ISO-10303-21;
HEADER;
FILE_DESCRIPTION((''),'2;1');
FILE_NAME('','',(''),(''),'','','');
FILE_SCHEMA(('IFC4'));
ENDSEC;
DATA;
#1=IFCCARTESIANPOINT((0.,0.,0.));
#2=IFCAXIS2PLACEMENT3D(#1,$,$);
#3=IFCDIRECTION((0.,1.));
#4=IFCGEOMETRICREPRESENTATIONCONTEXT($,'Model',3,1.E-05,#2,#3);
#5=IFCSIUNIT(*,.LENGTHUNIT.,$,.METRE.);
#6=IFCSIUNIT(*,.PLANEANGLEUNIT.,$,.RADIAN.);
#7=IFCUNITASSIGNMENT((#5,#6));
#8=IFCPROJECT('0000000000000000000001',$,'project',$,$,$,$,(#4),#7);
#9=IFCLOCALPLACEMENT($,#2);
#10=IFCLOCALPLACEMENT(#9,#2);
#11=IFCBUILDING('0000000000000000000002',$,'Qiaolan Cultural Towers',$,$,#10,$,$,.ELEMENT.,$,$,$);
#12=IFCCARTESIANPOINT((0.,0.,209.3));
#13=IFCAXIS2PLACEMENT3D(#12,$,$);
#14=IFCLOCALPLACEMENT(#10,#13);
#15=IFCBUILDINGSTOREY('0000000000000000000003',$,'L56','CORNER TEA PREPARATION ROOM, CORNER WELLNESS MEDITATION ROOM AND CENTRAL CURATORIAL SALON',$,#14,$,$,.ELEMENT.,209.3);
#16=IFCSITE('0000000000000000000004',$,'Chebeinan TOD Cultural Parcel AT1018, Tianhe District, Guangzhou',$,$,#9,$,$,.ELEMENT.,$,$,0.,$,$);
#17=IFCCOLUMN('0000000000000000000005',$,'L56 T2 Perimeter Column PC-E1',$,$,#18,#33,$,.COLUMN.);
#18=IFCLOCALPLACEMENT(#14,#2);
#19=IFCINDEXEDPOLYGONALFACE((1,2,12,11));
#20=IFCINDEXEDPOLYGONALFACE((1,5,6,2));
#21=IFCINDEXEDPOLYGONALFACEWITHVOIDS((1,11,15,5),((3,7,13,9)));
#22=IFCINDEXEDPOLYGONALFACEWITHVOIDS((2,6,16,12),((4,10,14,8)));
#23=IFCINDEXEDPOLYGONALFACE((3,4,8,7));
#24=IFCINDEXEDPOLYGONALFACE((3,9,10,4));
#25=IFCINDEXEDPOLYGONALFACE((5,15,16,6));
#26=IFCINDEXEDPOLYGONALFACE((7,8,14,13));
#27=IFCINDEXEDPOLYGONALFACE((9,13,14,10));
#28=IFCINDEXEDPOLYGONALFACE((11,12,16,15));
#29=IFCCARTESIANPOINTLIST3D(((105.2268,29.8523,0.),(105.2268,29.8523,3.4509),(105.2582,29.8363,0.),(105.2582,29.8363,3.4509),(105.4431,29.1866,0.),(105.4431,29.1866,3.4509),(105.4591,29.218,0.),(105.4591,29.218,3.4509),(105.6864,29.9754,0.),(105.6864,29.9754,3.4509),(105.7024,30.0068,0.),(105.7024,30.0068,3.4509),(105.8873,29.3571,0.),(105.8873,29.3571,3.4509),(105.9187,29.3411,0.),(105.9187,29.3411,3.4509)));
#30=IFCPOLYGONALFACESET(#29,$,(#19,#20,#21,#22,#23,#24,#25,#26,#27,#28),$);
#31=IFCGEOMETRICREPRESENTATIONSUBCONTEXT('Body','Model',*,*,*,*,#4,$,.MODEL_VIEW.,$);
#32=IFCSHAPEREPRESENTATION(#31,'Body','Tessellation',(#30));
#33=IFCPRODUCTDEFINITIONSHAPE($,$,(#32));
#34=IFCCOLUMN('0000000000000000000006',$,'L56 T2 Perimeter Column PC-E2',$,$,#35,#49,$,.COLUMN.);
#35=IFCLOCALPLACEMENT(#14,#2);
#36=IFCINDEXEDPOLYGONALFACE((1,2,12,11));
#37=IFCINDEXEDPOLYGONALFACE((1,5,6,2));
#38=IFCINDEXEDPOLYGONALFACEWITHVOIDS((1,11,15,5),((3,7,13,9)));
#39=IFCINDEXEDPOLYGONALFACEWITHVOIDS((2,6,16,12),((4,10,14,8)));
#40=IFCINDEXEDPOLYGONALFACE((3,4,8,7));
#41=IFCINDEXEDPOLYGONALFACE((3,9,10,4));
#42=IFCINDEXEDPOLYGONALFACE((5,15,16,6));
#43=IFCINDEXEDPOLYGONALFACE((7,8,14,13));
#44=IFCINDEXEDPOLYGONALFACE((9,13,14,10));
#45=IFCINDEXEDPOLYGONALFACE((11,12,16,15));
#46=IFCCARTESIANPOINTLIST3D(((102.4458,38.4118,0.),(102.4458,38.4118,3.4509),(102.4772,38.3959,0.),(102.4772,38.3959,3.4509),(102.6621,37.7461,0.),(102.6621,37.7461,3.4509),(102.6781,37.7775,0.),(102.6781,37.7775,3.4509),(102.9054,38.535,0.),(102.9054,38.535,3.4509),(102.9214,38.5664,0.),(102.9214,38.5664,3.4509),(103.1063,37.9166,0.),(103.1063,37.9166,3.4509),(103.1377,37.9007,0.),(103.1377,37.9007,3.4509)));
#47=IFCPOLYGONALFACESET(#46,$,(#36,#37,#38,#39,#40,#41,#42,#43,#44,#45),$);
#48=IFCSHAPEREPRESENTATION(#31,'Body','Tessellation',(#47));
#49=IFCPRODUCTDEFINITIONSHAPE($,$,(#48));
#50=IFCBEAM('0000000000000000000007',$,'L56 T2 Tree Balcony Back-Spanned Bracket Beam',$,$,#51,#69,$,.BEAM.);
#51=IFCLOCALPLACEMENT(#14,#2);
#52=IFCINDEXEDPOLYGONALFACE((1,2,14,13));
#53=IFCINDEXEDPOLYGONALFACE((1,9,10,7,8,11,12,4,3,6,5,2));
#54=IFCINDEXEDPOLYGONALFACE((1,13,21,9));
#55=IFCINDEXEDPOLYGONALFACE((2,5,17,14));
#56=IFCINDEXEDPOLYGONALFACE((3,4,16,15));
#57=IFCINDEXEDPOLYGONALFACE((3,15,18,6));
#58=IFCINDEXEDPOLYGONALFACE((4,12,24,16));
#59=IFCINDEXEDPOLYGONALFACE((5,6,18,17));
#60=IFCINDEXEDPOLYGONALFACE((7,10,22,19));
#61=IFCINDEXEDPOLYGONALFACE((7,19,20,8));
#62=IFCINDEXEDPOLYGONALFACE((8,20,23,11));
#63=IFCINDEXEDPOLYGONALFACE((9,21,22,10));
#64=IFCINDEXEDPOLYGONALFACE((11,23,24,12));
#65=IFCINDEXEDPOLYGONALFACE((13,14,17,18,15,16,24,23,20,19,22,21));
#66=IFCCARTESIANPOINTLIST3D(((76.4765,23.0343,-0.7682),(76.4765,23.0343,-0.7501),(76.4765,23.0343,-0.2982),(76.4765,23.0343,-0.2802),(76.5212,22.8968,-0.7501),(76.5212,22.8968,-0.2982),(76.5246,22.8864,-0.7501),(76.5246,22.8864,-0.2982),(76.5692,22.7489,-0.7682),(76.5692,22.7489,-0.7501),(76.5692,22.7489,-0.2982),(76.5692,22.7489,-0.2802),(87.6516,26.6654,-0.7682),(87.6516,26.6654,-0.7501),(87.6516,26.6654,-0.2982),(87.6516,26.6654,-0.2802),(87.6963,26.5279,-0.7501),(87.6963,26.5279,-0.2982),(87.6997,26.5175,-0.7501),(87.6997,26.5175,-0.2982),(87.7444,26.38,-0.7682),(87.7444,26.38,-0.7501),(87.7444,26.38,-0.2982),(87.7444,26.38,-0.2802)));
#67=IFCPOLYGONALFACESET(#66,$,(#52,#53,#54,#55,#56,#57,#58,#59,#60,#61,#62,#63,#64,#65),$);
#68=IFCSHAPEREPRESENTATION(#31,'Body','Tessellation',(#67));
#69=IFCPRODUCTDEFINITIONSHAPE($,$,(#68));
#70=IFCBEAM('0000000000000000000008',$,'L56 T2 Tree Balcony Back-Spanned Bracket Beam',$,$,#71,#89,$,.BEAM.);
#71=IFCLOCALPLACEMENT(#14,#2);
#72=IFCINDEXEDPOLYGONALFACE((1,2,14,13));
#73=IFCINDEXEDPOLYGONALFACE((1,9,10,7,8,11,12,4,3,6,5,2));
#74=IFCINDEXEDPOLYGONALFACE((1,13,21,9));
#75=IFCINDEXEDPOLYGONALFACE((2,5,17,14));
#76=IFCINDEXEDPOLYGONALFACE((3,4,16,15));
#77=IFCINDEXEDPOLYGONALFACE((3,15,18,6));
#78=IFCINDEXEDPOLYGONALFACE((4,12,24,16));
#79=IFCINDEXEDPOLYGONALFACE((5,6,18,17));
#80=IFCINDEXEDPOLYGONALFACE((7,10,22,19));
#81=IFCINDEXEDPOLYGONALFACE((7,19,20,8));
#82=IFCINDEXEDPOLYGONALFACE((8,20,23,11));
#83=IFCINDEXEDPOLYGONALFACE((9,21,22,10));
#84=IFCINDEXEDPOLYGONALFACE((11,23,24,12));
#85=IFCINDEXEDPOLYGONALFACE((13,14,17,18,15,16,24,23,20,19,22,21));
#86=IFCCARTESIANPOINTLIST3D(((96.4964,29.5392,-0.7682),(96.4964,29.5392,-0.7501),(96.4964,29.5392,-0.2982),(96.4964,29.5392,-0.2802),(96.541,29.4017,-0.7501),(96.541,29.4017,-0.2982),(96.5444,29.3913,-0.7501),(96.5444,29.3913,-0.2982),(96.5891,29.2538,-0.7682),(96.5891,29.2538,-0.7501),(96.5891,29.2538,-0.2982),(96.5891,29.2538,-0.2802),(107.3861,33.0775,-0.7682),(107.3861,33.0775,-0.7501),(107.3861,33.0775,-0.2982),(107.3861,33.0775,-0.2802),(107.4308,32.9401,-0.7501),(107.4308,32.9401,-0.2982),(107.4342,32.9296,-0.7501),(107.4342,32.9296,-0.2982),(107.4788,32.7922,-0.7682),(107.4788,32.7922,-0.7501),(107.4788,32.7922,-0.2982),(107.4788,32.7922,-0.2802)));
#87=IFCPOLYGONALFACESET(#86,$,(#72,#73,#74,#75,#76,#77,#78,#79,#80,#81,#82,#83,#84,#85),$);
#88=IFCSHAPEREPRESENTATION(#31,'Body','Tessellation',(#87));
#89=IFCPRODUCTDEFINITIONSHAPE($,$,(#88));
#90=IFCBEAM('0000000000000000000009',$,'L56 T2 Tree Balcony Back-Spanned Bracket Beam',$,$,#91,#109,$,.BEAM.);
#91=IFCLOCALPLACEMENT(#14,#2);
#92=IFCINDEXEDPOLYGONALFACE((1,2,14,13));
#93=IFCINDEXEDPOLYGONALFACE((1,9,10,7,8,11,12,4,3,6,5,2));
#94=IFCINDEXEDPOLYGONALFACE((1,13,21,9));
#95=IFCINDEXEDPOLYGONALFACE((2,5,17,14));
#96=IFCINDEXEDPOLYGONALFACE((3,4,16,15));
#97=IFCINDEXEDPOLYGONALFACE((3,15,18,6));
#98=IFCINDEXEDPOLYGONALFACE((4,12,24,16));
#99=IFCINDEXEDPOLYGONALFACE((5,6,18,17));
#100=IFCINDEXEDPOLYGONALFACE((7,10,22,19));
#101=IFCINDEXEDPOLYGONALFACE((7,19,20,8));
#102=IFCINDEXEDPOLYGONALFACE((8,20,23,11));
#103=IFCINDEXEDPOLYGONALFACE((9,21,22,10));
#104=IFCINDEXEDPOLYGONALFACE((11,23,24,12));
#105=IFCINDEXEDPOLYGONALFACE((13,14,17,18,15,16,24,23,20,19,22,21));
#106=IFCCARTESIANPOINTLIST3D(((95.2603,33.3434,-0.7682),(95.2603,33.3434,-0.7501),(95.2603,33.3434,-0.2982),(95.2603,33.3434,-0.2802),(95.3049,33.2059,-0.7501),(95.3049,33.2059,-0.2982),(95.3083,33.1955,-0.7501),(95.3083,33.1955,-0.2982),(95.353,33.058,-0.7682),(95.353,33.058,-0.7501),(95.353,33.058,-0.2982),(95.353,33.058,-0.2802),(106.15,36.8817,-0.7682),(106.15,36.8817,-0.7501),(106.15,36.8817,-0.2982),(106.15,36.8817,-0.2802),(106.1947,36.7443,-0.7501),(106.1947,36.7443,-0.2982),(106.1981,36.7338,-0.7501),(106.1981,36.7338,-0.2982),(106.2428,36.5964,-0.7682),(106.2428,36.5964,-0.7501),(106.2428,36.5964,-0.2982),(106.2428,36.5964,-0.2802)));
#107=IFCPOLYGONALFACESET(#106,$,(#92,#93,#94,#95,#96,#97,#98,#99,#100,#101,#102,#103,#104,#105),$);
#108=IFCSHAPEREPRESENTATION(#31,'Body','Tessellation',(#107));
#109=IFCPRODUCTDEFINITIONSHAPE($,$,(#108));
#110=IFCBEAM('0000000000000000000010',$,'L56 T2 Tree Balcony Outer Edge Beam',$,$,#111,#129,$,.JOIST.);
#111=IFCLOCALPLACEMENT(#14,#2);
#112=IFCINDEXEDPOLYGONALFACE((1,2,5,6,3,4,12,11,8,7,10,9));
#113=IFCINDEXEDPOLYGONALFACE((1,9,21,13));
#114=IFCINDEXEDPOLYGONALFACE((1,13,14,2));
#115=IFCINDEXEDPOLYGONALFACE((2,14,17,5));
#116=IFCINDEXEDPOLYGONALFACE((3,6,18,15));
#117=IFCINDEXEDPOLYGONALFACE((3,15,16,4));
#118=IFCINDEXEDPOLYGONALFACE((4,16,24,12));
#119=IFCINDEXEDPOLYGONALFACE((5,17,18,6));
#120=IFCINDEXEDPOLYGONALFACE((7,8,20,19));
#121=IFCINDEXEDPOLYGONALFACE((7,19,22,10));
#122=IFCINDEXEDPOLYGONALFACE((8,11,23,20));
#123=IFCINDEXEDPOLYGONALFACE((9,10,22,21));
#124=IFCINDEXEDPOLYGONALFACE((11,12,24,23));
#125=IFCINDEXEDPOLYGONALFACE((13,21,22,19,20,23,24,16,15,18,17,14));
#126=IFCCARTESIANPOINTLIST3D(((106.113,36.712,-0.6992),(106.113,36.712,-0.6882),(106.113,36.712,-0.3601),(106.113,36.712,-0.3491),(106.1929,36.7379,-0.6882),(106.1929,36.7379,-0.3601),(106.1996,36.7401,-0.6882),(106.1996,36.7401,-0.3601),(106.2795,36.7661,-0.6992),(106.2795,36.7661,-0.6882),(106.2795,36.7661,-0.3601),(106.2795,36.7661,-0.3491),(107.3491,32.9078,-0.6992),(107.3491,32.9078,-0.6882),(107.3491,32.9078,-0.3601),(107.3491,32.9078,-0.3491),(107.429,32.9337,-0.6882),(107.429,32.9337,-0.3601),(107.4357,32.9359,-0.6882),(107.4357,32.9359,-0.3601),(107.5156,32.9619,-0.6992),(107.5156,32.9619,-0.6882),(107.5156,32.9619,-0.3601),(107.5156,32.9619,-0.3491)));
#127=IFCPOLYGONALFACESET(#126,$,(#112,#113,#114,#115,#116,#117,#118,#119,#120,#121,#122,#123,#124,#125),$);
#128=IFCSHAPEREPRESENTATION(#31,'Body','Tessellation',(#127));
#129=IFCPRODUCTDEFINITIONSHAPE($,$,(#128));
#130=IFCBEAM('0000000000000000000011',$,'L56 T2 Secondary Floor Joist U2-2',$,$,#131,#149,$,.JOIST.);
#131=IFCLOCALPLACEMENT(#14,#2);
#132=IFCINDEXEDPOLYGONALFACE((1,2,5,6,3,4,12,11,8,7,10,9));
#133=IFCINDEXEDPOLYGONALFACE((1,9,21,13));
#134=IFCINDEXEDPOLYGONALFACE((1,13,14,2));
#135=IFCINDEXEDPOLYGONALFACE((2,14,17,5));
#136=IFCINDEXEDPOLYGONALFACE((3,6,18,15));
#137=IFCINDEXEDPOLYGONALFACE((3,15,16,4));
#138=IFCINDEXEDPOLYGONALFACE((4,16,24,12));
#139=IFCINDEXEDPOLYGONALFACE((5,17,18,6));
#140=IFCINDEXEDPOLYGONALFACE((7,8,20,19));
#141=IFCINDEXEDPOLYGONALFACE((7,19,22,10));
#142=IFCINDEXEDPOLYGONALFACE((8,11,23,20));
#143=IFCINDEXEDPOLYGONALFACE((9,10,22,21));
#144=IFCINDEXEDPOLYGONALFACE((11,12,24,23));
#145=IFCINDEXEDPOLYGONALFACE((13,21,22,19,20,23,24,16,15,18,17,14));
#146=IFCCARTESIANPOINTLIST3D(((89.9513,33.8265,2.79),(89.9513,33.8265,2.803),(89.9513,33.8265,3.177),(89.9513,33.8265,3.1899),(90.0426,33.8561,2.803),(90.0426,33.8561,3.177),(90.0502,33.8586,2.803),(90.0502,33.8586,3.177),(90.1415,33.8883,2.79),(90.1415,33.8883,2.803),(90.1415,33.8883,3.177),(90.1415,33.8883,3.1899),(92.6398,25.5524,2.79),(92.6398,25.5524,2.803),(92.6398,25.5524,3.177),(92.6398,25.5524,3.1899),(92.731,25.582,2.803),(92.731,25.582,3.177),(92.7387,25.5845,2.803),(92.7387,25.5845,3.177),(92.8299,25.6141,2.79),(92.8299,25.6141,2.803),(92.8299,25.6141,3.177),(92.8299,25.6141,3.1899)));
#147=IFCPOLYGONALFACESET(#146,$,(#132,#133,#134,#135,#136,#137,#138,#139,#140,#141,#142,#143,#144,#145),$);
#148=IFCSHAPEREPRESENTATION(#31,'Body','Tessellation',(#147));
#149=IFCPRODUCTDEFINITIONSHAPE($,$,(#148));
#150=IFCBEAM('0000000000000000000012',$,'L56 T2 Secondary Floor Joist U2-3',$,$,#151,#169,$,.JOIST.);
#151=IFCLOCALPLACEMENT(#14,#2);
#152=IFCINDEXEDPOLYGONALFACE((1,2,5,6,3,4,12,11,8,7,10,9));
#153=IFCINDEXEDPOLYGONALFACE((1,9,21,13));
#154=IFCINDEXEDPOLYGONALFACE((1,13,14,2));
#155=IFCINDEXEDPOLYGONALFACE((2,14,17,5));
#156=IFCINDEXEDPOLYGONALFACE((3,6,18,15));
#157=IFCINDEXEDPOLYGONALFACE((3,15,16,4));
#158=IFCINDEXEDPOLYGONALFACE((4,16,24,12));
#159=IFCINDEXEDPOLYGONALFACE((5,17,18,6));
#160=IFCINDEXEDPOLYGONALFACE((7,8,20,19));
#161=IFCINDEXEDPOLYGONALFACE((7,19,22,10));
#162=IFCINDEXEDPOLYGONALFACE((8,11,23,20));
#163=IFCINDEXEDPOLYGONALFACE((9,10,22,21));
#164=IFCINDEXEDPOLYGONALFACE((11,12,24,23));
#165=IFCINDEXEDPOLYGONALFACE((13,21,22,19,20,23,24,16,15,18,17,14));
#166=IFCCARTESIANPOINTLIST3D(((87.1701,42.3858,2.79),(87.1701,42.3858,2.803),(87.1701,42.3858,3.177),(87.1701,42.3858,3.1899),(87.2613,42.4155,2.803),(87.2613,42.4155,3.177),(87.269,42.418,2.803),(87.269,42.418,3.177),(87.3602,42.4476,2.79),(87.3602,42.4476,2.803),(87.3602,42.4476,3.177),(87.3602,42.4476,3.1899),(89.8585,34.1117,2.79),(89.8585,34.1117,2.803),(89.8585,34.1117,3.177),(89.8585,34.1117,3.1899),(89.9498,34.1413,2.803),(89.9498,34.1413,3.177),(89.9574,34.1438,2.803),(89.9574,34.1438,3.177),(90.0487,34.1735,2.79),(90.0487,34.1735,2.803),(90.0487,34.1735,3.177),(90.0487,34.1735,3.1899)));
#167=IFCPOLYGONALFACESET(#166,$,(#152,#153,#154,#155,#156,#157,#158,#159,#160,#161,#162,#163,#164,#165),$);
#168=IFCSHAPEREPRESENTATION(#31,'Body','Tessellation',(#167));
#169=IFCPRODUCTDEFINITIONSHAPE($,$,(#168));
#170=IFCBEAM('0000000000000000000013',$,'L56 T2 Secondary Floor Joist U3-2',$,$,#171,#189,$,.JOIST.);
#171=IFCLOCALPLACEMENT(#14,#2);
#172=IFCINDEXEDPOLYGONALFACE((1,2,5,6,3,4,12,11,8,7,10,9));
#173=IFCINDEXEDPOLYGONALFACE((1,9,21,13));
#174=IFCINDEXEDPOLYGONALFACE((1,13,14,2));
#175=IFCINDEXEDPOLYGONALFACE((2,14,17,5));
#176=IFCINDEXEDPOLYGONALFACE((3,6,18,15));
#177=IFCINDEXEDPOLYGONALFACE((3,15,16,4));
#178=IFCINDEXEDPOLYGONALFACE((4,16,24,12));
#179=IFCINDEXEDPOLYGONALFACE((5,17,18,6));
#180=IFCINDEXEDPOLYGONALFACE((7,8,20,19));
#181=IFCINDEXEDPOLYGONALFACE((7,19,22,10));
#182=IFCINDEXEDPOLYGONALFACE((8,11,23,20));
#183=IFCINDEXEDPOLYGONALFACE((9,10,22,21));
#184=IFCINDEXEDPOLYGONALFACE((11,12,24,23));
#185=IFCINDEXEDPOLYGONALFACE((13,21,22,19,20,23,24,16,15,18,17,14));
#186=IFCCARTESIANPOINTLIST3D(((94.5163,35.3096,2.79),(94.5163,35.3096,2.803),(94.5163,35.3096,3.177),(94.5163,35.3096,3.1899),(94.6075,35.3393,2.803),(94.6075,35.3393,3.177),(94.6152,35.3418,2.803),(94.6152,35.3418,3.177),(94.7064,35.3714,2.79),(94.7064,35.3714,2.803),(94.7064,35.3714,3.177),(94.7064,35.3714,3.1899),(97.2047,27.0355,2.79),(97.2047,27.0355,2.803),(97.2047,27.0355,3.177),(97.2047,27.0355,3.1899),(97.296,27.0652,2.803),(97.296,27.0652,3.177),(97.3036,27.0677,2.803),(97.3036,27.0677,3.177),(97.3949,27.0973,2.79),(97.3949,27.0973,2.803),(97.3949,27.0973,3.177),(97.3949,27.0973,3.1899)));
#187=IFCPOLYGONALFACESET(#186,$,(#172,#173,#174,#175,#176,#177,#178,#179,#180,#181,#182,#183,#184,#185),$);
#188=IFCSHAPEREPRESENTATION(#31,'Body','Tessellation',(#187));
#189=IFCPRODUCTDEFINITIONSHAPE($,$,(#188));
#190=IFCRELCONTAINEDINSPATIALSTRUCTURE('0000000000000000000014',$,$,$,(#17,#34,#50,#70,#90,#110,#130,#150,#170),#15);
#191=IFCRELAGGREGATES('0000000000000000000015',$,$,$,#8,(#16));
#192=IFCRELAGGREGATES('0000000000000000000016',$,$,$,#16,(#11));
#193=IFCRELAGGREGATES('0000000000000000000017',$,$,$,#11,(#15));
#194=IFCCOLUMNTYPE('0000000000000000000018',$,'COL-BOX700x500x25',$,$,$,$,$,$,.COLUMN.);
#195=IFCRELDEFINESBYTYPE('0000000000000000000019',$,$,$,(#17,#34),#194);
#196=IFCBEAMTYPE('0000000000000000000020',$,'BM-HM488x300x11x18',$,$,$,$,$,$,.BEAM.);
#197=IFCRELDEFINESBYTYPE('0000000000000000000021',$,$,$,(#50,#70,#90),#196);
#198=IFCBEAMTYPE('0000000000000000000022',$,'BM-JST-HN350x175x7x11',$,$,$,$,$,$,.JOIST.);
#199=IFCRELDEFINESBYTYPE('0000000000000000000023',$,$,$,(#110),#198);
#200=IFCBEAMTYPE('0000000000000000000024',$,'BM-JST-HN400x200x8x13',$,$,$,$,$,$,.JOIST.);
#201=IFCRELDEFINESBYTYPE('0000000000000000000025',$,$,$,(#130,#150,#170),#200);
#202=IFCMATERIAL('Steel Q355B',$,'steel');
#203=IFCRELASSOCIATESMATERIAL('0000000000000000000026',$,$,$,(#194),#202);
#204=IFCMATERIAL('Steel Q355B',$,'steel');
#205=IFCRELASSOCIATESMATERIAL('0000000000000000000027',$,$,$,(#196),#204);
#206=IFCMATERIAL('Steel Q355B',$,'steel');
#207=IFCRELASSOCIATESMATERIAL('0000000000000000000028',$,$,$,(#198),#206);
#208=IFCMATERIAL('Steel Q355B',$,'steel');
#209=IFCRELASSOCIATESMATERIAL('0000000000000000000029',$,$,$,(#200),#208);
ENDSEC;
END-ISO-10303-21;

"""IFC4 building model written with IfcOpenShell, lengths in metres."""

from ifc_helpers import new_model, si_unit, direction, frame, origin, origin_2d, place, context, subcontext, project, spatial, hollow_rectangle, i_section, extrude, material, material_profile, profile_set, type_object, element, save


model = new_model("IFC4")

# Units and contexts
model_context = context("Model", 3, precision=1e-05, world=origin(), true_north=direction((0.0, 1.0)))
body_context = subcontext(model_context, "Body", "Model", "MODEL_VIEW")
ifc_project = project(units=[si_unit("LENGTHUNIT", "METRE"), si_unit("PLANEANGLEUNIT", "RADIAN")], contexts=[model_context])

# Site, building, storey
site_placement = place(None, origin())
site = spatial("IfcSite", under=ifc_project, at=site_placement, Name="Chebeinan TOD Cultural Parcel AT1018, Tianhe District, Guangzhou", CompositionType="ELEMENT", RefElevation=0.0)
building_placement = place(site_placement, origin())
building = spatial("IfcBuilding", under=site, at=building_placement, Name="Qiaolan Cultural Towers", CompositionType="ELEMENT")
storey_placement = place(building_placement, frame((0.0, 0.0, 209.3)))
storey = spatial("IfcBuildingStorey", under=building, at=storey_placement, Name="L56", Description="CORNER TEA PREPARATION ROOM, CORNER WELLNESS MEDITATION ROOM AND CENTRAL CURATORIAL SALON", CompositionType="ELEMENT", Elevation=209.3)

# Columns
ifc_material_1 = material(Name="Steel Q355B", Category="steel")
ifc_material_profile_1 = material_profile(ifc_material_1, hollow_rectangle(XDim=0.5, YDim=0.7, WallThickness=0.0249, at=origin_2d()), Name="BOX700x500x25")
ifc_profile_set_1 = profile_set([ifc_material_profile_1], Name="Steel Q355B")
column_type = type_object("IfcColumnType", Name="COL-BOX700x500x25", PredefinedType="COLUMN", material=ifc_profile_set_1)
for number, where, z_axis, x_axis, name in (
    (1, (105.5728, 29.5967, 0.0), (0.0, 0.0, 1.0), (0.951057, 0.309017, 0.0), "L56 T2 Perimeter Column PC-E1"),
    (2, (102.7917, 38.1562, 0.0), (0.0, 0.0, 1.0), (0.951057, 0.309017, 0.0), "L56 T2 Perimeter Column PC-E2"),
):
    element("IfcColumn", number, at=place(storey_placement, frame(where, z_axis=z_axis, x_axis=x_axis)), inside=storey, type_object=column_type, Name=name, PredefinedType="COLUMN", context=body_context, shape_type="SweptSolid", body=[
        extrude(hollow_rectangle(XDim=0.5, YDim=0.7, WallThickness=0.0249, at=origin_2d()), origin(), (0.0, 0.0, 1.0), 3.4509),
    ])

# Beams
ifc_material_2 = material(Name="Steel Q355B", Category="steel")
ifc_material_profile_2 = material_profile(ifc_material_2, i_section(OverallWidth=0.3, OverallDepth=0.488, WebThickness=0.011, FlangeThickness=0.0181, at=origin_2d()), Name="HM488x300x11x18")
ifc_profile_set_2 = profile_set([ifc_material_profile_2], Name="Steel Q355B")
beam_type_1 = type_object("IfcBeamType", Name="BM-HM488x300x11x18", PredefinedType="BEAM", material=ifc_profile_set_2)
beam_1_placement = place(storey_placement, frame((87.698, 26.5227, -0.5242), z_axis=(-0.951054, -0.309025, 0.0), x_axis=(0.309025, -0.951054, 0.0)))
element("IfcBeam", 3, at=beam_1_placement, inside=storey, type_object=beam_type_1, Name="L56 T2 Tree Balcony Back-Spanned Bracket Beam", PredefinedType="BEAM", context=body_context, shape_type="SweptSolid", body=[
    extrude(i_section(OverallWidth=0.3, OverallDepth=0.488, WebThickness=0.011, FlangeThickness=0.0181, at=origin_2d()), origin(), (0.0, 0.0, 1.0), 11.7502),
])
for number, where, z_axis, x_axis, name in (
    (4, (96.5427, 29.3965, -0.5242), (0.951055, 0.309022, 0.0), (-0.309022, 0.951055, 0.0), "L56 T2 Tree Balcony Back-Spanned Bracket Beam"),
    (5, (95.3066, 33.2007, -0.5242), (0.951055, 0.309022, 0.0), (-0.309022, 0.951055, 0.0), "L56 T2 Tree Balcony Back-Spanned Bracket Beam"),
):
    element("IfcBeam", number, at=place(storey_placement, frame(where, z_axis=z_axis, x_axis=x_axis)), inside=storey, type_object=beam_type_1, Name=name, PredefinedType="BEAM", context=body_context, shape_type="SweptSolid", body=[
        extrude(i_section(OverallWidth=0.3, OverallDepth=0.488, WebThickness=0.011, FlangeThickness=0.0181, at=origin_2d()), origin(), (0.0, 0.0, 1.0), 11.4502),
    ])
ifc_material_3 = material(Name="Steel Q355B", Category="steel")
ifc_material_profile_3 = material_profile(ifc_material_3, i_section(OverallWidth=0.175, OverallDepth=0.3501, WebThickness=0.0071, FlangeThickness=0.011, at=origin_2d()), Name="HN350x175x7x11")
ifc_profile_set_3 = profile_set([ifc_material_profile_3], Name="Steel Q355B")
beam_type_2 = type_object("IfcBeamType", Name="BM-JST-HN350x175x7x11", PredefinedType="JOIST", material=ifc_profile_set_3)
beam_2_placement = place(storey_placement, frame((107.4324, 32.9348, -0.5242), z_axis=(-0.309023, 0.951055, 0.0), x_axis=(-0.951055, -0.309023, 0.0)))
element("IfcBeam", 6, at=beam_2_placement, inside=storey, type_object=beam_type_2, Name="L56 T2 Tree Balcony Outer Edge Beam", PredefinedType="JOIST", context=body_context, shape_type="SweptSolid", body=[
    extrude(i_section(OverallWidth=0.175, OverallDepth=0.3501, WebThickness=0.0071, FlangeThickness=0.011, at=origin_2d()), origin(), (0.0, 0.0, 1.0), 4.0),
])
ifc_material_4 = material(Name="Steel Q355B", Category="steel")
ifc_material_profile_4 = material_profile(ifc_material_4, i_section(OverallWidth=0.2, OverallDepth=0.3999, WebThickness=0.0081, FlangeThickness=0.0129, at=origin_2d()), Name="HN400x200x8x13")
ifc_profile_set_4 = profile_set([ifc_material_profile_4], Name="Steel Q355B")
beam_type_3 = type_object("IfcBeamType", Name="BM-JST-HN400x200x8x13", PredefinedType="JOIST", material=ifc_profile_set_4)
for number, where, z_axis, x_axis, name in (
    (7, (92.7349, 25.5833, 2.99), (-0.309021, 0.951055, 0.0), (-0.951055, -0.309021, 0.0), "L56 T2 Secondary Floor Joist U2-2"),
    (8, (89.9536, 34.1426, 2.99), (-0.309021, 0.951055, 0.0), (-0.951055, -0.309021, 0.0), "L56 T2 Secondary Floor Joist U2-3"),
    (9, (97.2998, 27.0664, 2.99), (-0.309021, 0.951055, 0.0), (-0.951055, -0.309021, 0.0), "L56 T2 Secondary Floor Joist U3-2"),
):
    element("IfcBeam", number, at=place(storey_placement, frame(where, z_axis=z_axis, x_axis=x_axis)), inside=storey, type_object=beam_type_3, Name=name, PredefinedType="JOIST", context=body_context, shape_type="SweptSolid", body=[
        extrude(i_section(OverallWidth=0.2, OverallDepth=0.3999, WebThickness=0.0081, FlangeThickness=0.0129, at=origin_2d()), origin(), (0.0, 0.0, 1.0), 8.7),
    ])

save(model, "model.ifc")
